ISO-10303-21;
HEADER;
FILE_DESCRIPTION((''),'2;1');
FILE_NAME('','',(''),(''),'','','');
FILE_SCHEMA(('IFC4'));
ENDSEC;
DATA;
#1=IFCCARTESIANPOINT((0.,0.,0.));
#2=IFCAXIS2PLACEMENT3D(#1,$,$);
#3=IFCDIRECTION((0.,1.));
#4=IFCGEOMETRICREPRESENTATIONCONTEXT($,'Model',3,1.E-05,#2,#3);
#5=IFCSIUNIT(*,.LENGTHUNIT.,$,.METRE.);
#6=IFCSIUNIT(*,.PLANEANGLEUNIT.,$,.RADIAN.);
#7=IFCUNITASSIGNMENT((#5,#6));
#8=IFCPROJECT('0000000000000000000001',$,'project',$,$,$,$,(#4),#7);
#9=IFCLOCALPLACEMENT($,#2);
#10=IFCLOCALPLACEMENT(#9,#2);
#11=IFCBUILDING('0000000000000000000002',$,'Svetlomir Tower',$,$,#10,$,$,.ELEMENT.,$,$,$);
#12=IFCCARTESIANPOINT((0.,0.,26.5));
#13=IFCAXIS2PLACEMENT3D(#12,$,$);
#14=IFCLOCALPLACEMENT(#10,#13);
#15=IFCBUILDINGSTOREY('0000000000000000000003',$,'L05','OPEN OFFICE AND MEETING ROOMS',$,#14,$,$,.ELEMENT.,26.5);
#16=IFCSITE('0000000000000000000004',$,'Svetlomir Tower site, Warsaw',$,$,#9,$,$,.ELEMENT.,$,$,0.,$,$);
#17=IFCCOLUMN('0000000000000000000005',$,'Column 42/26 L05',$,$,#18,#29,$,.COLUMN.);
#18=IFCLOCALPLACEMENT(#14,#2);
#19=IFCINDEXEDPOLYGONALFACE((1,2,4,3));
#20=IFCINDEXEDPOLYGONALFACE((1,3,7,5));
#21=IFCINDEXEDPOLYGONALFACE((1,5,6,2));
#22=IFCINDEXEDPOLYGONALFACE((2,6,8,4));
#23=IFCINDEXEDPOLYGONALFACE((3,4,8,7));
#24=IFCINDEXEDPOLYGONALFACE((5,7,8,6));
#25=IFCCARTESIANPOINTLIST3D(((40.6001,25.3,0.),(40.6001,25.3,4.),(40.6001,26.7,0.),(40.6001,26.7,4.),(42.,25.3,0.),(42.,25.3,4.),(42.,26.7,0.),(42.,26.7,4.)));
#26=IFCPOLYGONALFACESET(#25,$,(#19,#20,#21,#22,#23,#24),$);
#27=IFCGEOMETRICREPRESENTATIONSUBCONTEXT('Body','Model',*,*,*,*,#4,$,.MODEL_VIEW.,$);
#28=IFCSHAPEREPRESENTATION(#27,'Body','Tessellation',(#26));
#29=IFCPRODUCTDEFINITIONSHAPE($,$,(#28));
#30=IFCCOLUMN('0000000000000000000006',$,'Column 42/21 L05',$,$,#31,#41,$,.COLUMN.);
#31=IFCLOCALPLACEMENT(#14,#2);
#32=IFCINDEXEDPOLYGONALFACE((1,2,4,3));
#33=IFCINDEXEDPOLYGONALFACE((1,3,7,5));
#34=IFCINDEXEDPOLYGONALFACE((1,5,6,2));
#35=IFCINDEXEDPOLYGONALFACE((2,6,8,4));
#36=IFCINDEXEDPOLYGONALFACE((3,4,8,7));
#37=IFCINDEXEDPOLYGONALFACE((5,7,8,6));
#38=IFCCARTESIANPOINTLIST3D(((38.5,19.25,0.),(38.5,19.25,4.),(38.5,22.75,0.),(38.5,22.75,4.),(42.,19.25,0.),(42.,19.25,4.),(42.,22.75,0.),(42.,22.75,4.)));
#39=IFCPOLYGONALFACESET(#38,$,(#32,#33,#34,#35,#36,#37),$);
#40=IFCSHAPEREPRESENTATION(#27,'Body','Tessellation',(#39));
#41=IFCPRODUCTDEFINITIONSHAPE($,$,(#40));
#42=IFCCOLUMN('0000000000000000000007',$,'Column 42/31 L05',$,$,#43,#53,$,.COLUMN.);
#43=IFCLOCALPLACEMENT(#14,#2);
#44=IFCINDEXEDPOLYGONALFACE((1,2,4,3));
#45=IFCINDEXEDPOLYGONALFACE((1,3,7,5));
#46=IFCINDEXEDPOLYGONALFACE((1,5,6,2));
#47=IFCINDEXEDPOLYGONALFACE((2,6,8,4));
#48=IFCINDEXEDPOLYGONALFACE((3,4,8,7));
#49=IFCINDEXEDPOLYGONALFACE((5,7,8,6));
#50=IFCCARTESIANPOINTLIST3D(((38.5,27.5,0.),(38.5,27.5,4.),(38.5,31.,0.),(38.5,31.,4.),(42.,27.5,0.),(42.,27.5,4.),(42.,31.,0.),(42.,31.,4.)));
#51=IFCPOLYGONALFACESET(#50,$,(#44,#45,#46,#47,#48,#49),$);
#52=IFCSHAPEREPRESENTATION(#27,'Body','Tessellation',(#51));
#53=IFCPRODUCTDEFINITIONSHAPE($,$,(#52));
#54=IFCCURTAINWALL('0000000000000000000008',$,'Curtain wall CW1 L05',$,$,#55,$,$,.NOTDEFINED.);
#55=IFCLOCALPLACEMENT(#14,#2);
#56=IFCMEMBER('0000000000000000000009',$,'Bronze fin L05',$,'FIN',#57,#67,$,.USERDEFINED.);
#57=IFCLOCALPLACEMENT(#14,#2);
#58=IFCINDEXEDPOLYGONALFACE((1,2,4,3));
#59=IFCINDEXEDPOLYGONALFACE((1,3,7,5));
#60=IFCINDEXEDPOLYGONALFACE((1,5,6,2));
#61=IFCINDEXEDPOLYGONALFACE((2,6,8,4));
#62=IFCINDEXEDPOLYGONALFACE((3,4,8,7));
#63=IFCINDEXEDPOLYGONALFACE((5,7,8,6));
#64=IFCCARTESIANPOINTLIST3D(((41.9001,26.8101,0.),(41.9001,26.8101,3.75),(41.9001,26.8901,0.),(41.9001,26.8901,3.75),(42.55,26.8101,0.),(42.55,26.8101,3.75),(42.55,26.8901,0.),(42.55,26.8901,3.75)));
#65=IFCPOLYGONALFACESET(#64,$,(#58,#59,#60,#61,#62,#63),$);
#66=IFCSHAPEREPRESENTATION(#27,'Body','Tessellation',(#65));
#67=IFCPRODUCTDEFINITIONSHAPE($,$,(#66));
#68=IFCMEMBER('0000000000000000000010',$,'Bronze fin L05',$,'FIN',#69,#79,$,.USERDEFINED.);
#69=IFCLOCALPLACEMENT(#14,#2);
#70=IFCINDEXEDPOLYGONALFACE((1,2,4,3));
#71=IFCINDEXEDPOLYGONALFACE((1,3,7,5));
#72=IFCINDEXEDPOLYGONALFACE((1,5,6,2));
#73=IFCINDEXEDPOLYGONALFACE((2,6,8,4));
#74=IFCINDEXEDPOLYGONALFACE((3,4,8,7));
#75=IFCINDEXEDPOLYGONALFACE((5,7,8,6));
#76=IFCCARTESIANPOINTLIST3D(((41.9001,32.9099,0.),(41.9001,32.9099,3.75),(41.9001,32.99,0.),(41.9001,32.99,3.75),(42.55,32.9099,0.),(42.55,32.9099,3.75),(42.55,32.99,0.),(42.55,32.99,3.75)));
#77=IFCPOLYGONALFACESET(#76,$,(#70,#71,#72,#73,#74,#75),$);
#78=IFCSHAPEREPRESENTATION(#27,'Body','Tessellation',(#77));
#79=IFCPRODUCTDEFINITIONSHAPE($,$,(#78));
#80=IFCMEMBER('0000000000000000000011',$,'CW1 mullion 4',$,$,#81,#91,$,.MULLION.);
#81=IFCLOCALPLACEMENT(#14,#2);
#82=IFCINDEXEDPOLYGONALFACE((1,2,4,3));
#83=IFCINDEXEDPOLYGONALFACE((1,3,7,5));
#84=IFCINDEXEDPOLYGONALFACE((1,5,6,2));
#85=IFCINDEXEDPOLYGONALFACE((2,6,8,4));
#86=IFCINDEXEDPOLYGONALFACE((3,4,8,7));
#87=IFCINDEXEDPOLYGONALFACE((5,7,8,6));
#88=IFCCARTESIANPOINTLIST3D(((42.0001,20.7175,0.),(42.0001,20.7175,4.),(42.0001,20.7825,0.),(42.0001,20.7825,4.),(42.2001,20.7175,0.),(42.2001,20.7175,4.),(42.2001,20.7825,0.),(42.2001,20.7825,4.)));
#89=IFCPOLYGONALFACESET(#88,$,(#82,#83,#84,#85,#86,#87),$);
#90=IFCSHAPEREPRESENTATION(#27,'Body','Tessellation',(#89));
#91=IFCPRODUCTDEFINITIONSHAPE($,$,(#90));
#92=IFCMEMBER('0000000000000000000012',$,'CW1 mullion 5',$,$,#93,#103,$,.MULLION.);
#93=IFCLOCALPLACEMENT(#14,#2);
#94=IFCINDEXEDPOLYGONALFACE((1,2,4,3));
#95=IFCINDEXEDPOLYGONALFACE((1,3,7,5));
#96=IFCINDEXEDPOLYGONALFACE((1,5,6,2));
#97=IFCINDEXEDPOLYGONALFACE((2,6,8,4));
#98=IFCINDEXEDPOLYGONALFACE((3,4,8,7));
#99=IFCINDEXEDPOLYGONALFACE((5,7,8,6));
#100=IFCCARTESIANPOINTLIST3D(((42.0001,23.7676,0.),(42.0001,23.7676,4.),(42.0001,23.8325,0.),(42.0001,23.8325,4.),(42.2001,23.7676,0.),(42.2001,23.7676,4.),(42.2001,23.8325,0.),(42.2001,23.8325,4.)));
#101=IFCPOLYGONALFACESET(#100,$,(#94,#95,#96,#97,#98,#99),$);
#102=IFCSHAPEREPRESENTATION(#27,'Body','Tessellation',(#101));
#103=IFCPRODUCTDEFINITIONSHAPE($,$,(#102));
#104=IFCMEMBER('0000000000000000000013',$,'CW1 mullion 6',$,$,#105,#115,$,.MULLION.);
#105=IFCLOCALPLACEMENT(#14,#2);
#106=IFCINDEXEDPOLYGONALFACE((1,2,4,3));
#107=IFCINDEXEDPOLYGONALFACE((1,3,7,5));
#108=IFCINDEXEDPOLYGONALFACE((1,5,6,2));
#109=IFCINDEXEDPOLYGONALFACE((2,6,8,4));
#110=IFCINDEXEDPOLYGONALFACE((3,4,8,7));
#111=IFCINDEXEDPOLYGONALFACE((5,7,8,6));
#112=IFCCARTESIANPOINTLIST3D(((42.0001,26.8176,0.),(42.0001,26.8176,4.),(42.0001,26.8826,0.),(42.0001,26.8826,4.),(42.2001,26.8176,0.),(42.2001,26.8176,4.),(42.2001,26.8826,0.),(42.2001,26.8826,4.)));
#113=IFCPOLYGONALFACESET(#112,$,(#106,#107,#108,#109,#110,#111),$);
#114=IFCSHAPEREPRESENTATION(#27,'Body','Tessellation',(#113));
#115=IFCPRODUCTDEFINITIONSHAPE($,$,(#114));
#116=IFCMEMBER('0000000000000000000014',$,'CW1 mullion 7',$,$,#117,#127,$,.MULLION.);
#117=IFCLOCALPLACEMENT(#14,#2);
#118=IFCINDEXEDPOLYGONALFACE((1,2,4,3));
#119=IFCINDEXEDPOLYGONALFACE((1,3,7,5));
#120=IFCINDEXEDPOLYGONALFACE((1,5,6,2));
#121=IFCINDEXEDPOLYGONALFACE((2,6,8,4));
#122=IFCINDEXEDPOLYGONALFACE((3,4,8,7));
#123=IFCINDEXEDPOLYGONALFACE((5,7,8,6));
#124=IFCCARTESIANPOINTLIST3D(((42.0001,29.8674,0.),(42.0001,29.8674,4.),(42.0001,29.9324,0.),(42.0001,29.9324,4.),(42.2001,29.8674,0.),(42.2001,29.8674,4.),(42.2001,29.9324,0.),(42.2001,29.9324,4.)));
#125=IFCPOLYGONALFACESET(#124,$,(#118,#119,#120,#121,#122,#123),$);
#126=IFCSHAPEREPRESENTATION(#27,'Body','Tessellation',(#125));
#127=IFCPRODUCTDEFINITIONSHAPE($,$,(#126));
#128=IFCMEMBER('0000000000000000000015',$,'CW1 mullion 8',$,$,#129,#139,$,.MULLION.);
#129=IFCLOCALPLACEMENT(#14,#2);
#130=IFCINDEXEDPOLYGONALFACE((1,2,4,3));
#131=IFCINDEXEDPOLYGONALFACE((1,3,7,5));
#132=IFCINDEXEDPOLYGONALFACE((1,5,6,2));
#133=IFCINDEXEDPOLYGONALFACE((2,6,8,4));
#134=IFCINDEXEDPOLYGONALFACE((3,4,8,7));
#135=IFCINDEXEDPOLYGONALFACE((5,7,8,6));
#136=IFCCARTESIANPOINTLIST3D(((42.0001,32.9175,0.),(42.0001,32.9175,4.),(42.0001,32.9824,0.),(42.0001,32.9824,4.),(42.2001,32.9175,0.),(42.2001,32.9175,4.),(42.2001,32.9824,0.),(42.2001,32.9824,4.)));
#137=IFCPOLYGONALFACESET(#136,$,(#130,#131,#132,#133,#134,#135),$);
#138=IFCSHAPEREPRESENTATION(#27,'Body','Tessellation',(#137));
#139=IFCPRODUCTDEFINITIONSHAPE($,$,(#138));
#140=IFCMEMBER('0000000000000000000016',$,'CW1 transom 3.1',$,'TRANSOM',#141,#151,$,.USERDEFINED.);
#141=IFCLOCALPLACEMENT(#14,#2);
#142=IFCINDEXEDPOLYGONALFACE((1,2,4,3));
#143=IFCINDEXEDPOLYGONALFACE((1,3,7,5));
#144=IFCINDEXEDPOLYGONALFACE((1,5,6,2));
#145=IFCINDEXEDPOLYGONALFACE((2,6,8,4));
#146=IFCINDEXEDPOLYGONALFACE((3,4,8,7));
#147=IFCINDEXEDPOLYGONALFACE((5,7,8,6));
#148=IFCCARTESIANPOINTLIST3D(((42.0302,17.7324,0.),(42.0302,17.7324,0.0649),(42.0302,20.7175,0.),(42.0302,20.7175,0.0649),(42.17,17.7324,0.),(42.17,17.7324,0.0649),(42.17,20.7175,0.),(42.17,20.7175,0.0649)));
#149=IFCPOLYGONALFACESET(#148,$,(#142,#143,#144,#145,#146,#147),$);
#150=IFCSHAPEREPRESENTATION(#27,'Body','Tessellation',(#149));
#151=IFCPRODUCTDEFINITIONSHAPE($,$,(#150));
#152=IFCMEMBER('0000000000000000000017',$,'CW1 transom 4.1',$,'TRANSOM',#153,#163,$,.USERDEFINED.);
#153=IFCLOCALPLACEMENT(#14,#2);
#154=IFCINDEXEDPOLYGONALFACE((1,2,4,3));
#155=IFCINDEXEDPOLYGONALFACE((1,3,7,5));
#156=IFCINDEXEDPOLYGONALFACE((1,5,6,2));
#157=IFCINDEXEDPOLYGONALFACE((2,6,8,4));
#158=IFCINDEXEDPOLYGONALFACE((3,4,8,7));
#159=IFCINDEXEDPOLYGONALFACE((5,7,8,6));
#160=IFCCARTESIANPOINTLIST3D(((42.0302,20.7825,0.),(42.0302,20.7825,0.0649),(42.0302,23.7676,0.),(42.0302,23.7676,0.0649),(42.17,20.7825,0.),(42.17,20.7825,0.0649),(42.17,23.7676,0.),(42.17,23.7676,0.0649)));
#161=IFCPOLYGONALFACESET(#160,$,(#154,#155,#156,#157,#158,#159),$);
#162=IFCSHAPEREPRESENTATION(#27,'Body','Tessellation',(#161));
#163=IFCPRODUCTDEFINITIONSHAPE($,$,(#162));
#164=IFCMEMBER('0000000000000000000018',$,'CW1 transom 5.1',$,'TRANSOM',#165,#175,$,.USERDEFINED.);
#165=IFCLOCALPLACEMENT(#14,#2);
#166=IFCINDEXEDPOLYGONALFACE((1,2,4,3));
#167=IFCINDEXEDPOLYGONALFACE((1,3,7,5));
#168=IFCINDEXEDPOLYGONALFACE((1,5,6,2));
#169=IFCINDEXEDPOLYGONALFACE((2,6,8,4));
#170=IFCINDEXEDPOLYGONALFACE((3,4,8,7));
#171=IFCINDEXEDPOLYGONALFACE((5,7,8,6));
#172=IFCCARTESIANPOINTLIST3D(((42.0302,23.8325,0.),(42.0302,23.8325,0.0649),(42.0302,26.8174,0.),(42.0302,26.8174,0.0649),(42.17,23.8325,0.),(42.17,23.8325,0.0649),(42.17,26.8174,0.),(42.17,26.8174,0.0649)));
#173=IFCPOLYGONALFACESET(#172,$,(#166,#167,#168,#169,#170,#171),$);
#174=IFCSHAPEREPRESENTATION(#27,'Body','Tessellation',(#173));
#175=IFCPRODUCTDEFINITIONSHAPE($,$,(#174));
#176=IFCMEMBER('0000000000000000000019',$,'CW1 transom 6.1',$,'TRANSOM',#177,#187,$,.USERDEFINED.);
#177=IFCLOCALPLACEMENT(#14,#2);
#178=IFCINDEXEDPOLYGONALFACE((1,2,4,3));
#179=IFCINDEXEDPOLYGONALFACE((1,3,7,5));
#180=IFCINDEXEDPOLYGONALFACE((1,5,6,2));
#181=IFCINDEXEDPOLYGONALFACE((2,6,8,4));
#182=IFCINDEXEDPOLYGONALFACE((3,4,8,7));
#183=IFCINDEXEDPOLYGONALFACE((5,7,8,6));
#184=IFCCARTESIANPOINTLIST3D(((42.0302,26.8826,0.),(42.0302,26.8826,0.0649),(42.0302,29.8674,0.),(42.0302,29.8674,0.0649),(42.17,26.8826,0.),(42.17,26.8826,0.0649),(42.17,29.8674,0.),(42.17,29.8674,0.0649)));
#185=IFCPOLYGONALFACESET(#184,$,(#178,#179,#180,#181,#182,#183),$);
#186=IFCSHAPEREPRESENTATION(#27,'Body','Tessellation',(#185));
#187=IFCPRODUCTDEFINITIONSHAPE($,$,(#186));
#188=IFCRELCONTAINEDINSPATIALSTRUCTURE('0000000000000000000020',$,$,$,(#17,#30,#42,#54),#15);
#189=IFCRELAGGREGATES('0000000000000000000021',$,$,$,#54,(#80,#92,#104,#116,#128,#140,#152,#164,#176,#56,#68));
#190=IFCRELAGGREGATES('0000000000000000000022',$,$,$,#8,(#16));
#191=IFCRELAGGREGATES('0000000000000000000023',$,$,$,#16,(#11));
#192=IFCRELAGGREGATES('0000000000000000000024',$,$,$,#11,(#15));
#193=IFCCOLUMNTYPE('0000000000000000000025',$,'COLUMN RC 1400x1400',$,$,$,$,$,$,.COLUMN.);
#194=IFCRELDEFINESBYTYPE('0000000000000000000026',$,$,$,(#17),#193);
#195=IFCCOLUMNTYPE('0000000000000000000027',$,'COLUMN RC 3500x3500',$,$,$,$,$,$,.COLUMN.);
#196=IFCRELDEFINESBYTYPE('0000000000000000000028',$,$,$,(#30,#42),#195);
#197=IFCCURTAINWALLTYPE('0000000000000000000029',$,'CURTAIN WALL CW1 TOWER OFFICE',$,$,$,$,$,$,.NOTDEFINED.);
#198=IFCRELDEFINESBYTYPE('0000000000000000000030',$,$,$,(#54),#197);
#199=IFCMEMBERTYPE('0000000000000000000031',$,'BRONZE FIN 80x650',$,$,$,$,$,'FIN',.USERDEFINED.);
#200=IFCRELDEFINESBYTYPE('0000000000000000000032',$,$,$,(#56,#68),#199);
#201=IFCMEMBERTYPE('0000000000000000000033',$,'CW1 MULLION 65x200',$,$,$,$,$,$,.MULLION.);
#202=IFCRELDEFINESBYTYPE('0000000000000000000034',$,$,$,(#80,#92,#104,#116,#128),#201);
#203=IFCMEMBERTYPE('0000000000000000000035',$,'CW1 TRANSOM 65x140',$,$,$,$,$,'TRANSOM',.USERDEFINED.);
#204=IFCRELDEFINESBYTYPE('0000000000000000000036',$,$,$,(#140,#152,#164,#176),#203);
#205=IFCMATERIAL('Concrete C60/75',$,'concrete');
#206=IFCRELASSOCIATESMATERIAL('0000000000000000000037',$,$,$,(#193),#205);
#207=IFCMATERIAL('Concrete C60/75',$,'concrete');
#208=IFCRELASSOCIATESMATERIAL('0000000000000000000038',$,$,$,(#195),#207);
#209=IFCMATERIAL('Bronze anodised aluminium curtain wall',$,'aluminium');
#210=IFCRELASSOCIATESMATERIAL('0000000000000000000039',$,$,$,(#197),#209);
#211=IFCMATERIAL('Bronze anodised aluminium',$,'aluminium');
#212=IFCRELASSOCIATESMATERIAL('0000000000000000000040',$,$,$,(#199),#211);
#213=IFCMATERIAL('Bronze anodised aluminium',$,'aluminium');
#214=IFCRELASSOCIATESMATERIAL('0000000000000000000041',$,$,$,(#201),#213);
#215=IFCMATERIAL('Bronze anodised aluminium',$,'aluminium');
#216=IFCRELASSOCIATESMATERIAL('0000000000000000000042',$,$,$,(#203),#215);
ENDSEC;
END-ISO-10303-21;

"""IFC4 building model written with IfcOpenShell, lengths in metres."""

from ifc_helpers import new_model, si_unit, direction, frame, origin, origin_2d, place, context, subcontext, project, spatial, rectangle, extrude, material, material_profile, profile_set, type_object, element, aggregate, save


model = new_model("IFC4")

# Units and contexts
model_context = context("Model", 3, precision=1e-05, world=origin(), true_north=direction((0.0, 1.0)))
body_context = subcontext(model_context, "Body", "Model", "MODEL_VIEW")
ifc_project = project(units=[si_unit("LENGTHUNIT", "METRE"), si_unit("PLANEANGLEUNIT", "RADIAN")], contexts=[model_context])

# Site, building, storey
site_placement = place(None, origin())
site = spatial("IfcSite", under=ifc_project, at=site_placement, Name="Svetlomir Tower site, Warsaw", CompositionType="ELEMENT", RefElevation=0.0)
building_placement = place(site_placement, origin())
building = spatial("IfcBuilding", under=site, at=building_placement, Name="Svetlomir Tower", CompositionType="ELEMENT")
storey_placement = place(building_placement, frame((0.0, 0.0, 26.5)))
storey = spatial("IfcBuildingStorey", under=building, at=storey_placement, Name="L05", Description="OPEN OFFICE AND MEETING ROOMS", CompositionType="ELEMENT", Elevation=26.5)

# Columns
ifc_material_1 = material(Name="Concrete C60/75", Category="concrete")
ifc_material_profile_1 = material_profile(ifc_material_1, rectangle(XDim=1.3999, YDim=1.3999, at=origin_2d()), Name="RC 1400x1400")
ifc_profile_set_1 = profile_set([ifc_material_profile_1], Name="Concrete C60/75")
column_type_1 = type_object("IfcColumnType", Name="COLUMN RC 1400x1400", PredefinedType="COLUMN", material=ifc_profile_set_1)
column_placement = place(storey_placement, frame((41.3, 26.0, 0.0), z_axis=(0.0, 0.0, 1.0), x_axis=(1.0, 0.0, 0.0)))
element("IfcColumn", 1, at=column_placement, inside=storey, type_object=column_type_1, Name="Column 42/26 L05", PredefinedType="COLUMN", context=body_context, shape_type="SweptSolid", body=[
    extrude(rectangle(XDim=1.3999, YDim=1.3999, at=origin_2d()), origin(), (0.0, 0.0, 1.0), 4.0),
])
ifc_material_2 = material(Name="Concrete C60/75", Category="concrete")
ifc_material_profile_2 = material_profile(ifc_material_2, rectangle(XDim=3.5, YDim=3.5, at=origin_2d()), Name="RC 3500x3500")
ifc_profile_set_2 = profile_set([ifc_material_profile_2], Name="Concrete C60/75")
column_type_2 = type_object("IfcColumnType", Name="COLUMN RC 3500x3500", PredefinedType="COLUMN", material=ifc_profile_set_2)
for number, where, z_axis, x_axis, name in (
    (2, (40.25, 21.0, 0.0), (0.0, 0.0, 1.0), (1.0, 0.0, 0.0), "Column 42/21 L05"),
    (3, (40.25, 29.25, 0.0), (0.0, 0.0, 1.0), (1.0, 0.0, 0.0), "Column 42/31 L05"),
):
    element("IfcColumn", number, at=place(storey_placement, frame(where, z_axis=z_axis, x_axis=x_axis)), inside=storey, type_object=column_type_2, Name=name, PredefinedType="COLUMN", context=body_context, shape_type="SweptSolid", body=[
        extrude(rectangle(XDim=3.5, YDim=3.5, at=origin_2d()), origin(), (0.0, 0.0, 1.0), 4.0),
    ])

# Curtain wall, members
ifc_material_3 = material(Name="Bronze anodised aluminium curtain wall", Category="aluminium")
curtain_wall_type = type_object("IfcCurtainWallType", Name="CURTAIN WALL CW1 TOWER OFFICE", PredefinedType="NOTDEFINED", material=ifc_material_3)
curtain_wall_placement = place(storey_placement, origin())
curtain_wall = element("IfcCurtainWall", 4, at=curtain_wall_placement, inside=storey, type_object=curtain_wall_type, Name="Curtain wall CW1 L05", PredefinedType="NOTDEFINED")
ifc_material_4 = material(Name="Bronze anodised aluminium", Category="aluminium")
ifc_material_profile_3 = material_profile(ifc_material_4, rectangle(XDim=0.0801, YDim=0.6499, at=origin_2d()), Name="FIN 80x650")
ifc_profile_set_3 = profile_set([ifc_material_profile_3], Name="Bronze anodised aluminium 6063-T6")
member_type_1 = type_object("IfcMemberType", Name="BRONZE FIN 80x650", ElementType="FIN", PredefinedType="USERDEFINED", material=ifc_profile_set_3)
member_1_placement = place(storey_placement, frame((42.2251, 26.8501, 0.0), z_axis=(0.0, 0.0, 1.0), x_axis=(0.0, 1.0, 0.0)))
member_1 = element("IfcMember", 5, at=member_1_placement, type_object=member_type_1, Name="Bronze fin L05", ObjectType="FIN", PredefinedType="USERDEFINED", context=body_context, shape_type="SweptSolid", body=[
    extrude(rectangle(XDim=0.0801, YDim=0.6499, at=origin_2d()), origin(), (0.0, 0.0, 1.0), 3.75),
])
member_2_placement = place(storey_placement, frame((42.2251, 32.95, 0.0), z_axis=(0.0, 0.0, 1.0), x_axis=(0.0, 1.0, 0.0)))
member_2 = element("IfcMember", 6, at=member_2_placement, type_object=member_type_1, Name="Bronze fin L05", ObjectType="FIN", PredefinedType="USERDEFINED", context=body_context, shape_type="SweptSolid", body=[
    extrude(rectangle(XDim=0.0801, YDim=0.6499, at=origin_2d()), origin(), (0.0, 0.0, 1.0), 3.75),
])
ifc_material_5 = material(Name="Bronze anodised aluminium", Category="aluminium")
ifc_material_profile_4 = material_profile(ifc_material_5, rectangle(XDim=0.0649, YDim=0.2, at=origin_2d()), Name="AL 65x200")
ifc_profile_set_4 = profile_set([ifc_material_profile_4], Name="Bronze anodised aluminium 6063-T6")
member_type_2 = type_object("IfcMemberType", Name="CW1 MULLION 65x200", PredefinedType="MULLION", material=ifc_profile_set_4)
member_3_placement = place(storey_placement, frame((42.1001, 20.75, 0.0), z_axis=(0.0, 0.0, 1.0), x_axis=(0.0, 1.0, 0.0)))
member_3 = element("IfcMember", 7, at=member_3_placement, type_object=member_type_2, Name="CW1 mullion 4", PredefinedType="MULLION", context=body_context, shape_type="SweptSolid", body=[
    extrude(rectangle(XDim=0.0649, YDim=0.2, at=origin_2d()), origin(), (0.0, 0.0, 1.0), 4.0),
])
member_4_placement = place(storey_placement, frame((42.1001, 23.8, 0.0), z_axis=(0.0, 0.0, 1.0), x_axis=(0.0, 1.0, 0.0)))
member_4 = element("IfcMember", 8, at=member_4_placement, type_object=member_type_2, Name="CW1 mullion 5", PredefinedType="MULLION", context=body_context, shape_type="SweptSolid", body=[
    extrude(rectangle(XDim=0.0649, YDim=0.2, at=origin_2d()), origin(), (0.0, 0.0, 1.0), 4.0),
])
member_5_placement = place(storey_placement, frame((42.1001, 26.8501, 0.0), z_axis=(0.0, 0.0, 1.0), x_axis=(0.0, 1.0, 0.0)))
member_5 = element("IfcMember", 9, at=member_5_placement, type_object=member_type_2, Name="CW1 mullion 6", PredefinedType="MULLION", context=body_context, shape_type="SweptSolid", body=[
    extrude(rectangle(XDim=0.0649, YDim=0.2, at=origin_2d()), origin(), (0.0, 0.0, 1.0), 4.0),
])
member_6_placement = place(storey_placement, frame((42.1001, 29.8999, 0.0), z_axis=(0.0, 0.0, 1.0), x_axis=(0.0, 1.0, 0.0)))
member_6 = element("IfcMember", 10, at=member_6_placement, type_object=member_type_2, Name="CW1 mullion 7", PredefinedType="MULLION", context=body_context, shape_type="SweptSolid", body=[
    extrude(rectangle(XDim=0.0649, YDim=0.2, at=origin_2d()), origin(), (0.0, 0.0, 1.0), 4.0),
])
member_7_placement = place(storey_placement, frame((42.1001, 32.95, 0.0), z_axis=(0.0, 0.0, 1.0), x_axis=(0.0, 1.0, 0.0)))
member_7 = element("IfcMember", 11, at=member_7_placement, type_object=member_type_2, Name="CW1 mullion 8", PredefinedType="MULLION", context=body_context, shape_type="SweptSolid", body=[
    extrude(rectangle(XDim=0.0649, YDim=0.2, at=origin_2d()), origin(), (0.0, 0.0, 1.0), 4.0),
])
ifc_material_6 = material(Name="Bronze anodised aluminium", Category="aluminium")
ifc_material_profile_5 = material_profile(ifc_material_6, rectangle(XDim=0.1399, YDim=0.0649, at=origin_2d()), Name="AL 140x65")
ifc_profile_set_5 = profile_set([ifc_material_profile_5], Name="Bronze anodised aluminium 6063-T6")
member_type_3 = type_object("IfcMemberType", Name="CW1 TRANSOM 65x140", ElementType="TRANSOM", PredefinedType="USERDEFINED", material=ifc_profile_set_5)
member_8_placement = place(storey_placement, frame((42.1001, 17.7324, 0.0325), z_axis=(0.0, 1.0, 0.0), x_axis=(-1.0, 0.0, 0.0)))
member_8 = element("IfcMember", 12, at=member_8_placement, type_object=member_type_3, Name="CW1 transom 3.1", ObjectType="TRANSOM", PredefinedType="USERDEFINED", context=body_context, shape_type="SweptSolid", body=[
    extrude(rectangle(XDim=0.1399, YDim=0.0649, at=origin_2d()), origin(), (0.0, 0.0, 1.0), 2.9851),
])
member_9_placement = place(storey_placement, frame((42.1001, 20.7825, 0.0325), z_axis=(0.0, 1.0, 0.0), x_axis=(-1.0, 0.0, 0.0)))
member_9 = element("IfcMember", 13, at=member_9_placement, type_object=member_type_3, Name="CW1 transom 4.1", ObjectType="TRANSOM", PredefinedType="USERDEFINED", context=body_context, shape_type="SweptSolid", body=[
    extrude(rectangle(XDim=0.1399, YDim=0.0649, at=origin_2d()), origin(), (0.0, 0.0, 1.0), 2.9851),
])
member_10_placement = place(storey_placement, frame((42.1001, 23.8325, 0.0325), z_axis=(0.0, 1.0, 0.0), x_axis=(-1.0, 0.0, 0.0)))
member_10 = element("IfcMember", 14, at=member_10_placement, type_object=member_type_3, Name="CW1 transom 5.1", ObjectType="TRANSOM", PredefinedType="USERDEFINED", context=body_context, shape_type="SweptSolid", body=[
    extrude(rectangle(XDim=0.1399, YDim=0.0649, at=origin_2d()), origin(), (0.0, 0.0, 1.0), 2.9849),
])
member_11_placement = place(storey_placement, frame((42.1001, 26.8826, 0.0325), z_axis=(0.0, 1.0, 0.0), x_axis=(-1.0, 0.0, 0.0)))
member_11 = element("IfcMember", 15, at=member_11_placement, type_object=member_type_3, Name="CW1 transom 6.1", ObjectType="TRANSOM", PredefinedType="USERDEFINED", context=body_context, shape_type="SweptSolid", body=[
    extrude(rectangle(XDim=0.1399, YDim=0.0649, at=origin_2d()), origin(), (0.0, 0.0, 1.0), 2.9849),
])

aggregate(curtain_wall, [member_3, member_4, member_5, member_6, member_7, member_8, member_9, member_10, member_11, member_1, member_2])

save(model, "model.ifc")
